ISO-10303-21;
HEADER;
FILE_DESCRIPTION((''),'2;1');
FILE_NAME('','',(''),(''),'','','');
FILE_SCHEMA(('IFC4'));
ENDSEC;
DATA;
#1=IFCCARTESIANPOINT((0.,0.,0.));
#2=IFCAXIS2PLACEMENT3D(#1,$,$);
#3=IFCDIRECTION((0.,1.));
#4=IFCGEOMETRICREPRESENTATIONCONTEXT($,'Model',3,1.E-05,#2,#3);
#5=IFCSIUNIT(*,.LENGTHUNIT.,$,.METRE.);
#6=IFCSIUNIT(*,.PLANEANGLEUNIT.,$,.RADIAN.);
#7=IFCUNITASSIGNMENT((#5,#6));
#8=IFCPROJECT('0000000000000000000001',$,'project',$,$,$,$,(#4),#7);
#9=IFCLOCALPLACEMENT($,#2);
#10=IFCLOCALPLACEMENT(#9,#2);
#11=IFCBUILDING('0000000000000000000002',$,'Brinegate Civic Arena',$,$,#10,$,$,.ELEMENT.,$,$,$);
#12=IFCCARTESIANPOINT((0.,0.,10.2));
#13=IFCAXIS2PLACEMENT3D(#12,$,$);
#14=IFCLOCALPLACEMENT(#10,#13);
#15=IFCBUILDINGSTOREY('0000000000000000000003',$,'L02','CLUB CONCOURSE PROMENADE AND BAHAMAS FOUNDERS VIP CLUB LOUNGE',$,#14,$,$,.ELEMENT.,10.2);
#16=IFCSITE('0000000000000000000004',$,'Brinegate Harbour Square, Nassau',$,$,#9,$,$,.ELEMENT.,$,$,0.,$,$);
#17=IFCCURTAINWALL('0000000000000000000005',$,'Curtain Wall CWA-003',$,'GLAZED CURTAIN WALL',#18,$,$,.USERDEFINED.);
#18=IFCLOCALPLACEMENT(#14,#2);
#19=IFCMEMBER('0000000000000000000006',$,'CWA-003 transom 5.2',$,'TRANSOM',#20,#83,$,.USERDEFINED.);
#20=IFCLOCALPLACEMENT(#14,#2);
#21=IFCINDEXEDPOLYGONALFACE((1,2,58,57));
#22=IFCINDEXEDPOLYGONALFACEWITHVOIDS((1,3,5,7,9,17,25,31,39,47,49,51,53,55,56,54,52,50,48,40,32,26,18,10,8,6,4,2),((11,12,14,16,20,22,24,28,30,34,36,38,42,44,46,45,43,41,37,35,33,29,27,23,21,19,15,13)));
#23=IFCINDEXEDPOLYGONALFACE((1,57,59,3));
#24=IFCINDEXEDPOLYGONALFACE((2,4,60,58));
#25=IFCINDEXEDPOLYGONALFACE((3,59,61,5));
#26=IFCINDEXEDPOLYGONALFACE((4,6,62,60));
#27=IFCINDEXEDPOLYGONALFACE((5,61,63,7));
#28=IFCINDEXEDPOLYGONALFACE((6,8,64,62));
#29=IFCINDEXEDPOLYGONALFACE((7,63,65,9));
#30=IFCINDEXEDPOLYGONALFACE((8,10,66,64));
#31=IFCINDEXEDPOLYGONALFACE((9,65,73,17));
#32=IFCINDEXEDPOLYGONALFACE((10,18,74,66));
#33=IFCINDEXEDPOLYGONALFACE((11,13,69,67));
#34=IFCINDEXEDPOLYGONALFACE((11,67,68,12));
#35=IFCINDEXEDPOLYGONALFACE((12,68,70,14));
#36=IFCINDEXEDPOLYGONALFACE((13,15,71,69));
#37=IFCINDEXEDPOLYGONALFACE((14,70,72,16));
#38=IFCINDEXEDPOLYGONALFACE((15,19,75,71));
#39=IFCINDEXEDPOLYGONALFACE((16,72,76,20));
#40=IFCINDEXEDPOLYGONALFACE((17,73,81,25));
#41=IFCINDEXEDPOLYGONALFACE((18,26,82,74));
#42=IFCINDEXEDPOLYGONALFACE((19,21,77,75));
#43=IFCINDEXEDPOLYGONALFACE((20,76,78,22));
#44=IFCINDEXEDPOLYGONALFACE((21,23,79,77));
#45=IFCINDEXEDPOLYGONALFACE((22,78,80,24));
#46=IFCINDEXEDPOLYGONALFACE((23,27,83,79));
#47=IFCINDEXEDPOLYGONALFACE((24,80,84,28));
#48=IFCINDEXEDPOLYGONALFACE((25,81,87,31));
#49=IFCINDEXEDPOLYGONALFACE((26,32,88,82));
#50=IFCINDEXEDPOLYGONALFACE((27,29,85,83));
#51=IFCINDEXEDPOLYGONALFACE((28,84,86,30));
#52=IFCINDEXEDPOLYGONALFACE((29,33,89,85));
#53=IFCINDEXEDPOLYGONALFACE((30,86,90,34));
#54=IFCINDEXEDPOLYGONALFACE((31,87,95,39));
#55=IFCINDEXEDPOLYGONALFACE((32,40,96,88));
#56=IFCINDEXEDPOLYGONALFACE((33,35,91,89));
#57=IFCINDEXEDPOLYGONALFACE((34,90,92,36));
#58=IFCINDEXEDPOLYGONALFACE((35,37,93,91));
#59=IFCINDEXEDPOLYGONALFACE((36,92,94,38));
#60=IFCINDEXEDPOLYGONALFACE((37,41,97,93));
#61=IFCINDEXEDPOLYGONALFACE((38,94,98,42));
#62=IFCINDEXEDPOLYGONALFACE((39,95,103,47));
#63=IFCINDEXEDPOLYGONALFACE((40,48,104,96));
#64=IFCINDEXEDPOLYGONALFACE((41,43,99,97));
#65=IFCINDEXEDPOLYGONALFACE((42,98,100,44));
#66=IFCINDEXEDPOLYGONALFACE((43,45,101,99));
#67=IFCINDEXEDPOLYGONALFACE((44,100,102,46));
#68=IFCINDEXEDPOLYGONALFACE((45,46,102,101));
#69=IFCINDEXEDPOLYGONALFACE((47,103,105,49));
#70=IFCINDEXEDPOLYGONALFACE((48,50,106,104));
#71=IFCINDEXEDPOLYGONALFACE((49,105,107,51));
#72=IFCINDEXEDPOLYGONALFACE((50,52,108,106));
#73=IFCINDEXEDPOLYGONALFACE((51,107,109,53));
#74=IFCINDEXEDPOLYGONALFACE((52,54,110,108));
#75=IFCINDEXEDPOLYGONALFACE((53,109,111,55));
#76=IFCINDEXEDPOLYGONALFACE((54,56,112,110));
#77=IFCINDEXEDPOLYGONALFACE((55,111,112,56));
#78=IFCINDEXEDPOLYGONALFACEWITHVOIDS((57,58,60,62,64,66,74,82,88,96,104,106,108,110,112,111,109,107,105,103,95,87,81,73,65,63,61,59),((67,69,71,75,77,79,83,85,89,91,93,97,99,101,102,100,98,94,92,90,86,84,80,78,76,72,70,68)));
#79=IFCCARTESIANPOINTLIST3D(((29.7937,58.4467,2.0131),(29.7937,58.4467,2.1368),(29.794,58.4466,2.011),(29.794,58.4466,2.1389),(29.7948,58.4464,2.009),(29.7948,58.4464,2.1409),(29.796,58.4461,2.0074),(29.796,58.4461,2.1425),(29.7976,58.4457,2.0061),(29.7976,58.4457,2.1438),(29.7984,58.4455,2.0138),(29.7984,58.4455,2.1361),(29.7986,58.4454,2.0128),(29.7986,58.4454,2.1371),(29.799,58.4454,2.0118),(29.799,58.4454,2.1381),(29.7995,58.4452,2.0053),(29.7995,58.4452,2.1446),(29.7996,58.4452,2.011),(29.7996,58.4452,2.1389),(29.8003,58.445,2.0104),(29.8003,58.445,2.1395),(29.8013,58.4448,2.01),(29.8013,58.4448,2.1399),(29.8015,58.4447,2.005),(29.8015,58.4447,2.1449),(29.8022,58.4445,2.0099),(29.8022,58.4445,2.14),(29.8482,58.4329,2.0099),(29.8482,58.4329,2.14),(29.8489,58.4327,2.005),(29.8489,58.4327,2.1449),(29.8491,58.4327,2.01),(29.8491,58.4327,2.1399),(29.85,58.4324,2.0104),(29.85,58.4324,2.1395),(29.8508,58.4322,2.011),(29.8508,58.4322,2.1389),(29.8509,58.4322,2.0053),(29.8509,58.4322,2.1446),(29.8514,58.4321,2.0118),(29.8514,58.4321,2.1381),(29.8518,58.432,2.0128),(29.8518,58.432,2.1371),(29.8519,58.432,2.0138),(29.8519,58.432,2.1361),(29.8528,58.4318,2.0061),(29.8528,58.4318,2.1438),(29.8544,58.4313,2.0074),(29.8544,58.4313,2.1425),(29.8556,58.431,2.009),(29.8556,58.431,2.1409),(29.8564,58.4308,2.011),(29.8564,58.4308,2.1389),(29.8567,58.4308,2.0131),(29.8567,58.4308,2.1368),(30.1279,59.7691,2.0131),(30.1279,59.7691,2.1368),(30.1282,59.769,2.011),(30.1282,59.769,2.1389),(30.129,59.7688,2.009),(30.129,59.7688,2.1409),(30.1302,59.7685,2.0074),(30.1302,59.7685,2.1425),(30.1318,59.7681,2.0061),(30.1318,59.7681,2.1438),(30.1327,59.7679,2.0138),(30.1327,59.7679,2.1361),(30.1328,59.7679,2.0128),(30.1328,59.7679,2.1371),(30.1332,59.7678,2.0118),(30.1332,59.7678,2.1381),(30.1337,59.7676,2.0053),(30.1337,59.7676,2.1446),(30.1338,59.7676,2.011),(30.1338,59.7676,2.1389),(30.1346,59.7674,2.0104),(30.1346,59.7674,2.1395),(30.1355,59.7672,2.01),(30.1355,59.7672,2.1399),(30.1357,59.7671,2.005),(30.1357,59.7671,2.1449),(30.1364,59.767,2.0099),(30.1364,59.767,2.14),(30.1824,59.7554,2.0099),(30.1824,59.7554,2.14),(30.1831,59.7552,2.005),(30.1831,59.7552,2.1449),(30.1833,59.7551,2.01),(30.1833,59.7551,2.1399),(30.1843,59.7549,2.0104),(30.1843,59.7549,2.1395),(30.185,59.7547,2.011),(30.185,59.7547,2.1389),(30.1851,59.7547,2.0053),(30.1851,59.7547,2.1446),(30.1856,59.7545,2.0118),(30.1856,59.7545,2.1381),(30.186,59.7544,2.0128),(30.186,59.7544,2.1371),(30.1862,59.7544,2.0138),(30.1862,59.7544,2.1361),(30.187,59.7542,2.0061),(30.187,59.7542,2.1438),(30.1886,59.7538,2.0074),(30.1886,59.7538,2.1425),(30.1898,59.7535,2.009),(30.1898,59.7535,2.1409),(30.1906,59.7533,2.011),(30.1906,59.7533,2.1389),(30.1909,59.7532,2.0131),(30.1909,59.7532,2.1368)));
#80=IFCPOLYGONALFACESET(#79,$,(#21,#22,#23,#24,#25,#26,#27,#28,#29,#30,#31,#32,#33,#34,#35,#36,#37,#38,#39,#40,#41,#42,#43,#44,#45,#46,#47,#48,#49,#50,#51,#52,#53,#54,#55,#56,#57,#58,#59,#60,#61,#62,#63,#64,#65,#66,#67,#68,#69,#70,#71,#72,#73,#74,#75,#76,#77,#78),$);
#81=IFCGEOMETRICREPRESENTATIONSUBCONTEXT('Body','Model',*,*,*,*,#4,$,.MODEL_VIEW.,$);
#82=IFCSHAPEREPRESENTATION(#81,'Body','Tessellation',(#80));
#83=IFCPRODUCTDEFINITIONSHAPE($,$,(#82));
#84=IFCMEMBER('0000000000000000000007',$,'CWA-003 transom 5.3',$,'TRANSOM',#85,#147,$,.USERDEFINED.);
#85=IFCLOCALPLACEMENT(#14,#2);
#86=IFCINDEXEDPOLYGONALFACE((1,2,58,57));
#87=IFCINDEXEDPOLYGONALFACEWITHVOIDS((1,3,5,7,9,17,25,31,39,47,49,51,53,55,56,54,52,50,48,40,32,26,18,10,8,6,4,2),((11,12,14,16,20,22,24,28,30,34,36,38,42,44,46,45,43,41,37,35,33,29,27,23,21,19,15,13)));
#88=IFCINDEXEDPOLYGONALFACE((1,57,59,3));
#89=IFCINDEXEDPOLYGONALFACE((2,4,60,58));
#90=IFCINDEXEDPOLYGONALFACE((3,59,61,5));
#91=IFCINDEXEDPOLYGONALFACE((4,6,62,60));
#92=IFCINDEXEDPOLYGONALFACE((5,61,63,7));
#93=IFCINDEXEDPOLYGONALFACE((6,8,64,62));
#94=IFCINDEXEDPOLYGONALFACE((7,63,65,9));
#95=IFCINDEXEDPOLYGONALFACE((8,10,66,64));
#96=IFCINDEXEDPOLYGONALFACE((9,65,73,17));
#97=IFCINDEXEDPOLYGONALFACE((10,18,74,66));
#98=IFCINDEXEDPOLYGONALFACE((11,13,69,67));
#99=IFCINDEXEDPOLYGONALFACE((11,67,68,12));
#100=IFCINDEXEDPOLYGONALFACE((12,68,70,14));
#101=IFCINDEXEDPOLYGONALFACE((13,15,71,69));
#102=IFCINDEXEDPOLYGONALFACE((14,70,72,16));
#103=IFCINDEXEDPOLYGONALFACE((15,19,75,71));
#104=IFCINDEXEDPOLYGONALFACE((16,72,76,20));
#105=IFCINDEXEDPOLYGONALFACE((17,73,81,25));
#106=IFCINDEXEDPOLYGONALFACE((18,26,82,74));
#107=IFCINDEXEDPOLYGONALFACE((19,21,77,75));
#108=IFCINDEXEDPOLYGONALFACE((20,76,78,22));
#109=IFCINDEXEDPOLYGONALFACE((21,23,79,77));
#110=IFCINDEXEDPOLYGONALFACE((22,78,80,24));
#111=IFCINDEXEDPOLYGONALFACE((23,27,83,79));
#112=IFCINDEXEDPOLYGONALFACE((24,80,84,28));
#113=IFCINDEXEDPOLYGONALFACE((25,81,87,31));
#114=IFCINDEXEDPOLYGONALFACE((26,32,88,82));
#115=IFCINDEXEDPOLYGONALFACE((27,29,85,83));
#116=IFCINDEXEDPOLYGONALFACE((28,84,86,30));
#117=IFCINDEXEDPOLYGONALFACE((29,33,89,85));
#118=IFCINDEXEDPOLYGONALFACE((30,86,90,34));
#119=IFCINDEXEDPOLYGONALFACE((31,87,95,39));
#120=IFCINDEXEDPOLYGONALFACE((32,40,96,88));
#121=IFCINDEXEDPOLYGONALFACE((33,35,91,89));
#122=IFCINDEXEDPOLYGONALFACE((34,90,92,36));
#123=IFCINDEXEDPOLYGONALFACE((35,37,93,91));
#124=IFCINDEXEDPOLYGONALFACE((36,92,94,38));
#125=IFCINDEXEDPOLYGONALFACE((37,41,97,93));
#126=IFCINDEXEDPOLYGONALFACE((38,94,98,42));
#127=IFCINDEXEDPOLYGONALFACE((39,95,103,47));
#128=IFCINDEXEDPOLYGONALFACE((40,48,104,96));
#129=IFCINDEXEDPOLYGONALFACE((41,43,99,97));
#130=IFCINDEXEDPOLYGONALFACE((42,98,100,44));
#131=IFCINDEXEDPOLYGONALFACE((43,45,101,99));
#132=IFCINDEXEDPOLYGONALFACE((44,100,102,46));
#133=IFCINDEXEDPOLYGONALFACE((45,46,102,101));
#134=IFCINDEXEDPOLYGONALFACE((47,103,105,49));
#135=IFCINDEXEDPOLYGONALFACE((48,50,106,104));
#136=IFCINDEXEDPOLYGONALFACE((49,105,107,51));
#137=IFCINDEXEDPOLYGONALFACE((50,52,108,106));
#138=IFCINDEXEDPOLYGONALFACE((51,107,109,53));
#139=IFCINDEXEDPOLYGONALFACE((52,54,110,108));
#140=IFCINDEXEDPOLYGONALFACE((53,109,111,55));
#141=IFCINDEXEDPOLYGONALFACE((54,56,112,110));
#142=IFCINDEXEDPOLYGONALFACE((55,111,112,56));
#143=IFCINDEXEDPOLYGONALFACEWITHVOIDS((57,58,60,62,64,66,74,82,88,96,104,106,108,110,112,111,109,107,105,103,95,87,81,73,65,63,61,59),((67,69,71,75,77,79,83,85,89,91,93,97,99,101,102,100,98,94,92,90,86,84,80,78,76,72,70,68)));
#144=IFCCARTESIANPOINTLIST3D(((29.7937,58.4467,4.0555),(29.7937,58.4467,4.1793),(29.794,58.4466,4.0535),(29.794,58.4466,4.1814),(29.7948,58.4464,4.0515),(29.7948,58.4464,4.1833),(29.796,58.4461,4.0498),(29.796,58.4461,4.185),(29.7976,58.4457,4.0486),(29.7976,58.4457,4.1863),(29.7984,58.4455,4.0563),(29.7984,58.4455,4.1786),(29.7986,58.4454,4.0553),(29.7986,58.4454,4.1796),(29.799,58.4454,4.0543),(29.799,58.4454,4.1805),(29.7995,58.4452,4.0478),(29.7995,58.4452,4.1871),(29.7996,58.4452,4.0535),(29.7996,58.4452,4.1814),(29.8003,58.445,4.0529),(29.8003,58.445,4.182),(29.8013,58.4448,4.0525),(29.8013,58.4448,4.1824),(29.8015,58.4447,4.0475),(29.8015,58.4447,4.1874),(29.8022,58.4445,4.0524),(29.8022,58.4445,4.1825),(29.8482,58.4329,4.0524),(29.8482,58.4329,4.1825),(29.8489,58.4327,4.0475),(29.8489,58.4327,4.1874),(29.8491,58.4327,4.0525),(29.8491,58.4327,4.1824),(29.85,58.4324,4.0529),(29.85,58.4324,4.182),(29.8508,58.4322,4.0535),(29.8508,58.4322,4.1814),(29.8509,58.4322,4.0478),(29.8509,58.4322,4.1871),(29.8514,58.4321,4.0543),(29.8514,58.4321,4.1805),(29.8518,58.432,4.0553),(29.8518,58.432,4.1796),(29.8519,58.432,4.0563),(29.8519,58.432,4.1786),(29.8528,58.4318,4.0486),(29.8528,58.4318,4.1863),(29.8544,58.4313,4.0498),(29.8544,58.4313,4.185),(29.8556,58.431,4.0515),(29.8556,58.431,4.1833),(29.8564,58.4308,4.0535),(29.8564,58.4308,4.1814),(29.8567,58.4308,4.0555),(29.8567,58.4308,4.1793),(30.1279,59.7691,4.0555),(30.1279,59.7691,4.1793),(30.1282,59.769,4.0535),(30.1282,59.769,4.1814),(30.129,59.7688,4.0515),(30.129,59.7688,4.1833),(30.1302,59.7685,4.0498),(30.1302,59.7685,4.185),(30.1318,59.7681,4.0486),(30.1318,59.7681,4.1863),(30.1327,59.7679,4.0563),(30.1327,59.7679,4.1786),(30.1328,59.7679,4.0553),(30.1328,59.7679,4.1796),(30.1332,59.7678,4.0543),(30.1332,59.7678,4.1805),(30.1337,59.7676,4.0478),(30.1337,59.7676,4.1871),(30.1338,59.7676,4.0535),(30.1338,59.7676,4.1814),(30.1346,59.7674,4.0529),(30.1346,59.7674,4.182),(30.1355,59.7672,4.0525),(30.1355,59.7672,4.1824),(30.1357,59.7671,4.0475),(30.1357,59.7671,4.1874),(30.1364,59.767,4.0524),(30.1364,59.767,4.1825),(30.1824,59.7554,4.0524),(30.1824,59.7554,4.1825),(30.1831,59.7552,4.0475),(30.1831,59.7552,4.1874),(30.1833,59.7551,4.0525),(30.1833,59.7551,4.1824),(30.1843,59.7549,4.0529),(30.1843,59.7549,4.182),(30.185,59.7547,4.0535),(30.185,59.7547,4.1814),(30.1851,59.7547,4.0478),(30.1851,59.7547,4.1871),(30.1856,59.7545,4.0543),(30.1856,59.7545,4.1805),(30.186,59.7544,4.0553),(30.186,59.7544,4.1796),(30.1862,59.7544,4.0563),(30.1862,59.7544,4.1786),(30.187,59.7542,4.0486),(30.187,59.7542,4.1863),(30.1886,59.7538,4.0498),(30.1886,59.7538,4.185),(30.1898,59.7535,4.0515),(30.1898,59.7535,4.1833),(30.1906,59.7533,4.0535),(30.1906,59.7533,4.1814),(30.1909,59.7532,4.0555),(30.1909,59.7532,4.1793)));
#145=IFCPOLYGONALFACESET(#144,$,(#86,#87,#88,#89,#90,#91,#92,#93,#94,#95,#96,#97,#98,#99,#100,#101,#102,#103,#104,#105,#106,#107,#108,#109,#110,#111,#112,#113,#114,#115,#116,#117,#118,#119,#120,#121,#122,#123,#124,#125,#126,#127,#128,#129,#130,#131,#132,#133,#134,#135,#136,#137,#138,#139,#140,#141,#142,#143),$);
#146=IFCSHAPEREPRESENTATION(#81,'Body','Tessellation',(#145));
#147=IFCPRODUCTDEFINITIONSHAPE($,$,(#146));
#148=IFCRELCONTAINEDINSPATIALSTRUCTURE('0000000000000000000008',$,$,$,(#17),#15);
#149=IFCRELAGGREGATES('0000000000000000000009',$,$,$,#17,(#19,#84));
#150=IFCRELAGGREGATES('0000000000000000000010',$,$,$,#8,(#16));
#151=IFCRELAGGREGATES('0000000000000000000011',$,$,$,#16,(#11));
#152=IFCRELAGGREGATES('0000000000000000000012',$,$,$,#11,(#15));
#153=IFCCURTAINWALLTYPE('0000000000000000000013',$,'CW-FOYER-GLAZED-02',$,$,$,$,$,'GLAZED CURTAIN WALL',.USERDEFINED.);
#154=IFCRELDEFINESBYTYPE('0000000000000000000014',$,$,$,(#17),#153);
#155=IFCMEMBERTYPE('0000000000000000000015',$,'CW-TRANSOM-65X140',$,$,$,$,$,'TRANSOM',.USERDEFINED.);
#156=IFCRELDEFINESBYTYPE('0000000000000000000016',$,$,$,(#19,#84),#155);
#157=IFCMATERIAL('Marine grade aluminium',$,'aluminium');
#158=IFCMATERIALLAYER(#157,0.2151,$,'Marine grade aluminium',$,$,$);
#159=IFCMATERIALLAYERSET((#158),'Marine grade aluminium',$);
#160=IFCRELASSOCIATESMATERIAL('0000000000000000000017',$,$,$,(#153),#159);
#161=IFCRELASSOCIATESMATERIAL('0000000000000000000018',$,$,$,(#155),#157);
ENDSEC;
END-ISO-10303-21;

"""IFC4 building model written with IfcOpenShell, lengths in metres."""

from ifc_helpers import new_model, si_unit, direction, frame, origin, origin_2d, place, context, subcontext, project, spatial, hollow_rectangle, extrude, material, layer, layer_set, material_profile, profile_set, type_object, element, aggregate, save


model = new_model("IFC4")

# Units and contexts
model_context = context("Model", 3, precision=1e-05, world=origin(), true_north=direction((0.0, 1.0)))
body_context = subcontext(model_context, "Body", "Model", "MODEL_VIEW")
ifc_project = project(units=[si_unit("LENGTHUNIT", "METRE"), si_unit("PLANEANGLEUNIT", "RADIAN")], contexts=[model_context])

# Site, building, storey
site_placement = place(None, origin())
site = spatial("IfcSite", under=ifc_project, at=site_placement, Name="Brinegate Harbour Square, Nassau", CompositionType="ELEMENT", RefElevation=0.0)
building_placement = place(site_placement, origin())
building = spatial("IfcBuilding", under=site, at=building_placement, Name="Brinegate Civic Arena", CompositionType="ELEMENT")
storey_placement = place(building_placement, frame((0.0, 0.0, 10.2)))
storey = spatial("IfcBuildingStorey", under=building, at=storey_placement, Name="L02", Description="CLUB CONCOURSE PROMENADE AND BAHAMAS FOUNDERS VIP CLUB LOUNGE", CompositionType="ELEMENT", Elevation=10.2)

# Curtain wall, members
ifc_material_1 = material(Name="Marine grade aluminium", Category="aluminium")
ifc_layer_1 = layer(ifc_material_1, 0.2151, Name="Marine grade aluminium")
ifc_layer_set_1 = layer_set([ifc_layer_1], Name="Marine grade aluminium")
curtain_wall_type = type_object("IfcCurtainWallType", Name="CW-FOYER-GLAZED-02", ElementType="GLAZED CURTAIN WALL", PredefinedType="USERDEFINED", material=ifc_layer_set_1)
curtain_wall_placement = place(storey_placement, origin())
curtain_wall = element("IfcCurtainWall", 1, at=curtain_wall_placement, inside=storey, type_object=curtain_wall_type, Name="Curtain Wall CWA-003", ObjectType="GLAZED CURTAIN WALL", PredefinedType="USERDEFINED")
ifc_material_profile_1 = material_profile(ifc_material_1, hollow_rectangle(XDim=0.0649, YDim=0.1399, WallThickness=0.0049, InnerFilletRadius=0.0039, OuterFilletRadius=0.0081, at=origin_2d()), Name="TRN65X140")
ifc_profile_set_1 = profile_set([ifc_material_profile_1], Name="Marine grade aluminium")
member_type_1 = type_object("IfcMemberType", Name="CW-TRANSOM-65X140", ElementType="TRANSOM", PredefinedType="USERDEFINED", material=ifc_profile_set_1)
member_1_placement = place(storey_placement, frame((29.8252, 58.4387, 2.075), z_axis=(0.245019, 0.969518, 0.0), x_axis=(-0.969518, 0.245019, 0.0)))
member_1 = element("IfcMember", 2, at=member_1_placement, type_object=member_type_1, Name="CWA-003 transom 5.2", ObjectType="TRANSOM", PredefinedType="USERDEFINED", context=body_context, shape_type="SweptSolid", body=[
    extrude(hollow_rectangle(XDim=0.0649, YDim=0.1399, WallThickness=0.0049, InnerFilletRadius=0.0039, OuterFilletRadius=0.0081, at=origin_2d()), origin(), (0.0, 0.0, 1.0), 1.364),
])
member_2_placement = place(storey_placement, frame((29.8252, 58.4387, 4.1174), z_axis=(0.245019, 0.969518, 0.0), x_axis=(-0.969518, 0.245019, 0.0)))
member_2 = element("IfcMember", 3, at=member_2_placement, type_object=member_type_1, Name="CWA-003 transom 5.3", ObjectType="TRANSOM", PredefinedType="USERDEFINED", context=body_context, shape_type="SweptSolid", body=[
    extrude(hollow_rectangle(XDim=0.0649, YDim=0.1399, WallThickness=0.0049, InnerFilletRadius=0.0039, OuterFilletRadius=0.0081, at=origin_2d()), origin(), (0.0, 0.0, 1.0), 1.364),
])
aggregate(curtain_wall, [member_1, member_2])

save(model, "model.ifc")
